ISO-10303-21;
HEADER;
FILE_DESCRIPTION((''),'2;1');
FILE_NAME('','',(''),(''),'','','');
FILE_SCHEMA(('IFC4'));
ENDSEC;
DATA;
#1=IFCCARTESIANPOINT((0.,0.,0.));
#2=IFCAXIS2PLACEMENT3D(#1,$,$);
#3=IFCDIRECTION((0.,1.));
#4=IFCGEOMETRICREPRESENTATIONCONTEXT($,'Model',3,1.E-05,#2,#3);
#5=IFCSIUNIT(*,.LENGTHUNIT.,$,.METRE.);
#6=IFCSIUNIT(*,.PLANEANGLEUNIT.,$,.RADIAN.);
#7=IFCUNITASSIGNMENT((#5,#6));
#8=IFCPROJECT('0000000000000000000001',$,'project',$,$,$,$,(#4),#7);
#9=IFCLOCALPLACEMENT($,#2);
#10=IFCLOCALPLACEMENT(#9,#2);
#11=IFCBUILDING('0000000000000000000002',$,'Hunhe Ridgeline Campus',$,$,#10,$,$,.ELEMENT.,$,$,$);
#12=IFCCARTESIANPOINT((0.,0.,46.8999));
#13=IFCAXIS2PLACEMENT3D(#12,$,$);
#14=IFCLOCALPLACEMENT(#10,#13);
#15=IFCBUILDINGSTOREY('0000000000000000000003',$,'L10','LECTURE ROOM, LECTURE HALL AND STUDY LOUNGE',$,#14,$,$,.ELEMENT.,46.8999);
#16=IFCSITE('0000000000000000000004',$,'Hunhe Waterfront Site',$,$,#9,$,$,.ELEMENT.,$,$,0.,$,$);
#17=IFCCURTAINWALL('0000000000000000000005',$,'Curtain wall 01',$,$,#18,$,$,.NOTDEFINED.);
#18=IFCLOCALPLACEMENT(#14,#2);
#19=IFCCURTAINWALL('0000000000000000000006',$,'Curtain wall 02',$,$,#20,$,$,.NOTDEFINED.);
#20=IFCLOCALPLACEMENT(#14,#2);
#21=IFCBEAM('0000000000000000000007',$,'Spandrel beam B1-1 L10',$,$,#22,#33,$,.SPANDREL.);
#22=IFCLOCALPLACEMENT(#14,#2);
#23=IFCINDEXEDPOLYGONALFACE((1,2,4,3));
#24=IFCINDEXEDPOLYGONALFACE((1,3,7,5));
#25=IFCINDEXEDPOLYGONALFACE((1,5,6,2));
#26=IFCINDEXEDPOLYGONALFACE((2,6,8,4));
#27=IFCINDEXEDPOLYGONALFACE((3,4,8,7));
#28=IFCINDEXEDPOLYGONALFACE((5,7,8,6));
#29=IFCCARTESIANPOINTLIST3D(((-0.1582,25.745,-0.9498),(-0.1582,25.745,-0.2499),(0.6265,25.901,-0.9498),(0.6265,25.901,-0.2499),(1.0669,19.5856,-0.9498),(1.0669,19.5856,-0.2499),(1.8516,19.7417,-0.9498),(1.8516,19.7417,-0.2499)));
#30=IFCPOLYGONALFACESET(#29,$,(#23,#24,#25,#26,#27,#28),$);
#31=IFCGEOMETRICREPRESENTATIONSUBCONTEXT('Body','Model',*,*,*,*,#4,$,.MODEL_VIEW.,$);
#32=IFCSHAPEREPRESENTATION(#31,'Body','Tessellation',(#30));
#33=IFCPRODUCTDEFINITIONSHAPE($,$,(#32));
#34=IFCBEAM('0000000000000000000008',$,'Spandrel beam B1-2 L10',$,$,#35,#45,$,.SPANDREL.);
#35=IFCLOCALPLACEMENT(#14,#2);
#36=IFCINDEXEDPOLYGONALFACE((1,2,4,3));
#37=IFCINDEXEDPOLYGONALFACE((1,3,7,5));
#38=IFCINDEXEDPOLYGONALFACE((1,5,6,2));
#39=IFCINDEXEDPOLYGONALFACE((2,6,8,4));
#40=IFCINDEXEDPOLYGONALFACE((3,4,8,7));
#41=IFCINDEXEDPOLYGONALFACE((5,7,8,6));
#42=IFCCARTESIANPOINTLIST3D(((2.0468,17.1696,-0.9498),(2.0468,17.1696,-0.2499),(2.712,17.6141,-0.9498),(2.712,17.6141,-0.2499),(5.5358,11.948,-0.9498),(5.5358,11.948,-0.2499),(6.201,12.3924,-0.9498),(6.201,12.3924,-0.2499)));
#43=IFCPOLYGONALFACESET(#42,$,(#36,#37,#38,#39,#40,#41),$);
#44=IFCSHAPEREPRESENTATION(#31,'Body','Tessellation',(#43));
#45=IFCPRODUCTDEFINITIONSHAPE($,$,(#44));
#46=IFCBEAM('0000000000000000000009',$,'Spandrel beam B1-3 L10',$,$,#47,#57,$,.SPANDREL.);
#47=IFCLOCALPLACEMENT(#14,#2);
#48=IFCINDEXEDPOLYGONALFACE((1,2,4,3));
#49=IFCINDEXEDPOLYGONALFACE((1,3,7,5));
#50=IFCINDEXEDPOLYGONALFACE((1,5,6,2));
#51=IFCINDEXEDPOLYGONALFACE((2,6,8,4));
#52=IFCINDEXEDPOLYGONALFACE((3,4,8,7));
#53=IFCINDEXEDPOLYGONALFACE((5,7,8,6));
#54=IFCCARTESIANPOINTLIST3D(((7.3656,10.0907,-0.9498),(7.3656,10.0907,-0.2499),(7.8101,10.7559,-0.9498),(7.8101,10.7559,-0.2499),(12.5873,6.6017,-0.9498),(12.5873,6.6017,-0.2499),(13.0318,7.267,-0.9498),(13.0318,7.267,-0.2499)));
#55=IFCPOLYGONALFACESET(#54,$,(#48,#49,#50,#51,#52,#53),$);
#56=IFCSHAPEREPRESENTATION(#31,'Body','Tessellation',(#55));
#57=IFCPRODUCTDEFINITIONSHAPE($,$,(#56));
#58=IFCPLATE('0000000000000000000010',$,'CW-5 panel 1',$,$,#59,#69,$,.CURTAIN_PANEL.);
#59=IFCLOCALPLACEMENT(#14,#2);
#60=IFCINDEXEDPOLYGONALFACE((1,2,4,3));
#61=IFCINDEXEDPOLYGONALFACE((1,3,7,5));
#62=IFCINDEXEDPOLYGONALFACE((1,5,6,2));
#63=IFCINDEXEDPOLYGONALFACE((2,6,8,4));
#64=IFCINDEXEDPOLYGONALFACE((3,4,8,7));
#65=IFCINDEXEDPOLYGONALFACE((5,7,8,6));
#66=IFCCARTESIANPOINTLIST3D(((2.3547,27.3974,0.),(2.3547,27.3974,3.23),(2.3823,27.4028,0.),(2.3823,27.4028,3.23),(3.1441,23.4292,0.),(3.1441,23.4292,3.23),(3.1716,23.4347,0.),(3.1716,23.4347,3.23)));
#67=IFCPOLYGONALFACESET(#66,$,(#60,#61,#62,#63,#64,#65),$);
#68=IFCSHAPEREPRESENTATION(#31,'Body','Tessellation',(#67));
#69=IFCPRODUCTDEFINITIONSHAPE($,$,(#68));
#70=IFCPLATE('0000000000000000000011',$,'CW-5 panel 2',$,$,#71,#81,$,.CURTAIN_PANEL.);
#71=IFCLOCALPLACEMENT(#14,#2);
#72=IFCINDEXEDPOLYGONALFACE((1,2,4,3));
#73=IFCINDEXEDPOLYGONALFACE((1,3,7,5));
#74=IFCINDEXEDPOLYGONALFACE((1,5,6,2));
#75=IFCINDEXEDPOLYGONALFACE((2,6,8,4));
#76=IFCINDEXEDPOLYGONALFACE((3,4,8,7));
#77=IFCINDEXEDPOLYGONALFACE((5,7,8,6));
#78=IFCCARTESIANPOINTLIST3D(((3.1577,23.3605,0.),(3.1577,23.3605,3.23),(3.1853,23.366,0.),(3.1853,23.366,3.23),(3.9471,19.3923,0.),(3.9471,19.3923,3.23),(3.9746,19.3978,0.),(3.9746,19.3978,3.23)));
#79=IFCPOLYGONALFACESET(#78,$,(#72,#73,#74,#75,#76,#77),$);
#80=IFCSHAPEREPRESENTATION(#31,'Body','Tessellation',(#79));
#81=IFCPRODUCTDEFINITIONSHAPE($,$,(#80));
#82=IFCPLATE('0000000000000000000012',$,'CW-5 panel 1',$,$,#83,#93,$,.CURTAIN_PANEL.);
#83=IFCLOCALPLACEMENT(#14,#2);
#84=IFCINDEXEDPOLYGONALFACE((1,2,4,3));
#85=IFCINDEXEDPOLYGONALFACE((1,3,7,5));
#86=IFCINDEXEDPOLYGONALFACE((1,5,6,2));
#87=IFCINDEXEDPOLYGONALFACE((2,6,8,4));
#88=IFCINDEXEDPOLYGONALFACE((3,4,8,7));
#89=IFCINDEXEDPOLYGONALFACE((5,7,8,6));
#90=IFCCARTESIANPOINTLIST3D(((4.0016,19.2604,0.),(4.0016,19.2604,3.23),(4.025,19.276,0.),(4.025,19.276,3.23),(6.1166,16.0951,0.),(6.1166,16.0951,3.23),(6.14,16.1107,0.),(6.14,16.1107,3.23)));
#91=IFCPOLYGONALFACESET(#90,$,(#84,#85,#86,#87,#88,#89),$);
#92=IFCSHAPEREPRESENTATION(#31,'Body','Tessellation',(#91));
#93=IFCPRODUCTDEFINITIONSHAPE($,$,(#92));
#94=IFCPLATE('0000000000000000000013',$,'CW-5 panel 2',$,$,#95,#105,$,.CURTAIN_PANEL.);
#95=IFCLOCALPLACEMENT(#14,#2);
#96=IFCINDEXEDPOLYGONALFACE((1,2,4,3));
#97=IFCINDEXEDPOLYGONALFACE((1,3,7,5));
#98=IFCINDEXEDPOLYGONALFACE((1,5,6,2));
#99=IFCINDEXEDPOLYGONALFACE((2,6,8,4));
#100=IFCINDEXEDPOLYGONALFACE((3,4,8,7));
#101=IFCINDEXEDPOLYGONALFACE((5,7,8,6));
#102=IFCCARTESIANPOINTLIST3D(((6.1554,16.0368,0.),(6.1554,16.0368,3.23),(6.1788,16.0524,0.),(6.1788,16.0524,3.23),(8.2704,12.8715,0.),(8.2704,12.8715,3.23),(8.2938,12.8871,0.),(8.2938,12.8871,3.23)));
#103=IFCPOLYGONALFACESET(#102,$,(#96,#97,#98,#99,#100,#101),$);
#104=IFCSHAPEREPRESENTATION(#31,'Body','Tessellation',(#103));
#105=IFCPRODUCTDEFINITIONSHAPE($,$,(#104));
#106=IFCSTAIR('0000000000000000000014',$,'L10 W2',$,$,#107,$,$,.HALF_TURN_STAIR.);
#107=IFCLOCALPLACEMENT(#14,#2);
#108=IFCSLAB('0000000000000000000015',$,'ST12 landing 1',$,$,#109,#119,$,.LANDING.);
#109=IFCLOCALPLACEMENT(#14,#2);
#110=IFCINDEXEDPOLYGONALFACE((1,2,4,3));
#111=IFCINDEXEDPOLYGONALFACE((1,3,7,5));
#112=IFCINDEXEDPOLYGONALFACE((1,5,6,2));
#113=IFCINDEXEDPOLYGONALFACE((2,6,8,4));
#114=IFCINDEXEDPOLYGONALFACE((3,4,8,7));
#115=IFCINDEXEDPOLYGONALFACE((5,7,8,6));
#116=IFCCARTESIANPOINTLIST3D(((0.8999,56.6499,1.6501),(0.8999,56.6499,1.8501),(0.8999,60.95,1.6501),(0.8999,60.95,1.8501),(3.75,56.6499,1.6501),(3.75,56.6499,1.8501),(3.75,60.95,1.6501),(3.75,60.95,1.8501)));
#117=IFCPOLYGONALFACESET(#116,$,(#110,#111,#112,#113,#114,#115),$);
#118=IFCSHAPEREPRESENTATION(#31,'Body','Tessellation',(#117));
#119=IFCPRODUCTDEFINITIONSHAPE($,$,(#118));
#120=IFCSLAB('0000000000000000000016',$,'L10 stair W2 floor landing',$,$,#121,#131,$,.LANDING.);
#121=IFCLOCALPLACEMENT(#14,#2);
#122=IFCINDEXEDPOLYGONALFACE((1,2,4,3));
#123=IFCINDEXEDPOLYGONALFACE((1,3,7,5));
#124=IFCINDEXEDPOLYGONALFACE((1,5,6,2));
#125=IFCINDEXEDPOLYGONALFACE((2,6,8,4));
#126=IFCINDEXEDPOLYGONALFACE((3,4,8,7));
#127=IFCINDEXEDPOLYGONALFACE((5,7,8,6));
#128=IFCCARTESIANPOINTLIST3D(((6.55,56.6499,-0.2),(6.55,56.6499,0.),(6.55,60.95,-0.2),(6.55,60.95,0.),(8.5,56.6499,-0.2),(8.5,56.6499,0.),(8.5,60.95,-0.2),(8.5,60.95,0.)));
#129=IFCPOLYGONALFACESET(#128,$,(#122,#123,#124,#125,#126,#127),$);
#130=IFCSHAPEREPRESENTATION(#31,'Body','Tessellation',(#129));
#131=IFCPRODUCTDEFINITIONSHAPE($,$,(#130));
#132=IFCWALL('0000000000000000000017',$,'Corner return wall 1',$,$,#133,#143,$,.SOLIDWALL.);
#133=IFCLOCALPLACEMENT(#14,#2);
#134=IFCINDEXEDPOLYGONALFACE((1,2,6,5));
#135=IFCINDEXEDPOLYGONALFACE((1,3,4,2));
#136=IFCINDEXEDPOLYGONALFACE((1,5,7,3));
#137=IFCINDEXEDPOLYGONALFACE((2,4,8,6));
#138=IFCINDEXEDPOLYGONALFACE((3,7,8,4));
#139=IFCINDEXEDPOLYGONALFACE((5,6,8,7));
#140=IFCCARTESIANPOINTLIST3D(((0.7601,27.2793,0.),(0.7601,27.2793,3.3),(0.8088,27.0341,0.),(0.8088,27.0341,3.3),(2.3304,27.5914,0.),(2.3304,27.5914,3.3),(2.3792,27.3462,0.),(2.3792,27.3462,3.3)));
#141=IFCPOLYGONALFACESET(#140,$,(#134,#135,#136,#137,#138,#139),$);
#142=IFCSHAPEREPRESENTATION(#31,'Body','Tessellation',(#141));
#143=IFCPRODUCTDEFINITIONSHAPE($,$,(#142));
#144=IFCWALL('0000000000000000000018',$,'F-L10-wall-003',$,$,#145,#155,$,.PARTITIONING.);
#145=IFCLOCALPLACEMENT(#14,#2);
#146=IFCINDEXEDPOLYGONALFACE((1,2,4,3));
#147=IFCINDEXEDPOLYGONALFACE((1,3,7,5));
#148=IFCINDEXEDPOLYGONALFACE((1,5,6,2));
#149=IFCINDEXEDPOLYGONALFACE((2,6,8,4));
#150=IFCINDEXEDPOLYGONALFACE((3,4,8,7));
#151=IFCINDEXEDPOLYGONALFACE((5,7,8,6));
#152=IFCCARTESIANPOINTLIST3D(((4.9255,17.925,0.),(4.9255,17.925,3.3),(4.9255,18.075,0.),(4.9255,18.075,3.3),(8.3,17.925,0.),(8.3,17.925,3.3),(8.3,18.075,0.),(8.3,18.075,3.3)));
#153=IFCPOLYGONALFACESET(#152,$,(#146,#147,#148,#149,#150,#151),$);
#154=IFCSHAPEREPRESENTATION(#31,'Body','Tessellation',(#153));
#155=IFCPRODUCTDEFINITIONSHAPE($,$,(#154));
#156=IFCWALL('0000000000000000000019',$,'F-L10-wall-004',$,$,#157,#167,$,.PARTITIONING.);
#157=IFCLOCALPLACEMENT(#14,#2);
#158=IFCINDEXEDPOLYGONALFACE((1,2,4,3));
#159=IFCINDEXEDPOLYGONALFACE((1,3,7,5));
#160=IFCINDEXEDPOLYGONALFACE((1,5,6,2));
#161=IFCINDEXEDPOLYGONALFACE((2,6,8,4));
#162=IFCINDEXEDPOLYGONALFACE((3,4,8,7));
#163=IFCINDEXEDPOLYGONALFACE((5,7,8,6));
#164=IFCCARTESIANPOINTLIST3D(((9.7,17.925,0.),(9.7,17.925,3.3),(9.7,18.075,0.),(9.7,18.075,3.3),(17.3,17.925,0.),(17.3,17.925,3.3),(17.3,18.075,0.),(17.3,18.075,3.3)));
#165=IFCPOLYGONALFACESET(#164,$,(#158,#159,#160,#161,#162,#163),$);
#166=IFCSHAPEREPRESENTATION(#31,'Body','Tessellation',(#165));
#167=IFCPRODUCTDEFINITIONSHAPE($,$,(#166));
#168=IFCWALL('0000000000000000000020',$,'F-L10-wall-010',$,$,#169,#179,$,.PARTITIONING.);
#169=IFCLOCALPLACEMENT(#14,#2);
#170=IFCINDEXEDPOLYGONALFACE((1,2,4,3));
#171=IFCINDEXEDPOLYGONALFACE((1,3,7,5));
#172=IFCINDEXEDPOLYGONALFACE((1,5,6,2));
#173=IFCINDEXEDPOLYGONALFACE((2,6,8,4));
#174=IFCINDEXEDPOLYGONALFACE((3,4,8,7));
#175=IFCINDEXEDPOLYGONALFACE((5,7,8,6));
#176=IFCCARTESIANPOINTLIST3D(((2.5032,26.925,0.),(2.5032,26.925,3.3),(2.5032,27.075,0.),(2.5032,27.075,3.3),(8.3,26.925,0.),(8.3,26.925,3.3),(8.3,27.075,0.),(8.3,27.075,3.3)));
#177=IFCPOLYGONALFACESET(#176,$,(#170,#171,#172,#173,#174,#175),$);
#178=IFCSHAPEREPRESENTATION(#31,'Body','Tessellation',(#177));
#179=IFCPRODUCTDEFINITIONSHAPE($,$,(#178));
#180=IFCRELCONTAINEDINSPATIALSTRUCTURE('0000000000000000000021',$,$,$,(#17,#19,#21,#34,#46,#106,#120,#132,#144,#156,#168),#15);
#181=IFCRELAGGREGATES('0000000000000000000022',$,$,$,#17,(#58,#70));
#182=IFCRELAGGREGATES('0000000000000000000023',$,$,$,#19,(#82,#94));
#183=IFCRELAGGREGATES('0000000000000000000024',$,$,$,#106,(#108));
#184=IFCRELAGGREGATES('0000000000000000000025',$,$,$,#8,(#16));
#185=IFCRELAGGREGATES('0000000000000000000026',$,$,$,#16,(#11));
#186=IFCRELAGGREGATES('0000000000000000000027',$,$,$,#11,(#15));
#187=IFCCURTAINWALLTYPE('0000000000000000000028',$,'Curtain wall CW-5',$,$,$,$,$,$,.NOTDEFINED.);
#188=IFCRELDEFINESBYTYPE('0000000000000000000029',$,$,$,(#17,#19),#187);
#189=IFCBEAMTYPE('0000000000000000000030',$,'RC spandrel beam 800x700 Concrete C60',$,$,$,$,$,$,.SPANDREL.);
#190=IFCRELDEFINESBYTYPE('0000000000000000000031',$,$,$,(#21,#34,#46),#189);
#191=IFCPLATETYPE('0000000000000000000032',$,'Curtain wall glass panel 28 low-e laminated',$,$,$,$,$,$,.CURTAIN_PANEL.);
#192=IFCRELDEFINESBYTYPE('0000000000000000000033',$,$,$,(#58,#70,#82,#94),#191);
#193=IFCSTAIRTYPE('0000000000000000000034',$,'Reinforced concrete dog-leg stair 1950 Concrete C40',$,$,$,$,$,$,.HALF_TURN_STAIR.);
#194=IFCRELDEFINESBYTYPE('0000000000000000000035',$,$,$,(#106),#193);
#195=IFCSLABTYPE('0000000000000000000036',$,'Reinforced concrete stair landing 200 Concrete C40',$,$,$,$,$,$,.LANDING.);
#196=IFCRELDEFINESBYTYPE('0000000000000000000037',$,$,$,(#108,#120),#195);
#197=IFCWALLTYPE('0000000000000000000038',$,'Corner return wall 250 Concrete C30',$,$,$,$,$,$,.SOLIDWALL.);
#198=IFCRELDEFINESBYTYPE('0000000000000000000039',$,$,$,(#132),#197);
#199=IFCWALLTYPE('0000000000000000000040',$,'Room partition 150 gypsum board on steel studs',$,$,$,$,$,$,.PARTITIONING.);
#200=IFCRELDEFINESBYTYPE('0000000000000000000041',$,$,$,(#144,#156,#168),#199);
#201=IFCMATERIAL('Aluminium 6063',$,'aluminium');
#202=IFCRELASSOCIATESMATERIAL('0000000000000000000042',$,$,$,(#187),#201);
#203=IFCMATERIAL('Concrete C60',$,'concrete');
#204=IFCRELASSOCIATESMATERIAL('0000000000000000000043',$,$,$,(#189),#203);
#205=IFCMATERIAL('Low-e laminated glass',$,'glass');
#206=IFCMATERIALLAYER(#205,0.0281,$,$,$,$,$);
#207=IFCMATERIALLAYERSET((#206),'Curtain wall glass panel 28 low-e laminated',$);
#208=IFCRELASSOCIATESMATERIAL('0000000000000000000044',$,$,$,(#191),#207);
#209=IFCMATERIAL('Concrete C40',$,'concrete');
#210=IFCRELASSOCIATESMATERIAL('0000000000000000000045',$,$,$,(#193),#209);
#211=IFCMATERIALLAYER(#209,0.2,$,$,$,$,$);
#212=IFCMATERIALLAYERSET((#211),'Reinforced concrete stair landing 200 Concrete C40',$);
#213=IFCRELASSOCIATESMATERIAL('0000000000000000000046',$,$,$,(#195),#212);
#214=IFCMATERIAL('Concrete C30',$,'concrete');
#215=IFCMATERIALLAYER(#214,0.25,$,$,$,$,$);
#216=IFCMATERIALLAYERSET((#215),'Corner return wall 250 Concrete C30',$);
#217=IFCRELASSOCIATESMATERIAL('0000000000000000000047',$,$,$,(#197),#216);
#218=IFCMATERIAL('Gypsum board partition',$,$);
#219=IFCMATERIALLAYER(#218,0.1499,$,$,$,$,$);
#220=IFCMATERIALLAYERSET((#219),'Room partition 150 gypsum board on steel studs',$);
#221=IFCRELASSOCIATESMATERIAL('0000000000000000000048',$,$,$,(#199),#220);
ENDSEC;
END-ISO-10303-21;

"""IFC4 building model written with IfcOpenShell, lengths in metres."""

from ifc_helpers import new_model, si_unit, direction, frame, frame_2d, origin, origin_2d, place, context, subcontext, project, spatial, polyline, rectangle, outline, extrude, material, layer, layer_set, material_profile, profile_set, type_object, element, aggregate, save


model = new_model("IFC4")

# Units and contexts
model_context = context("Model", 3, precision=1e-05, world=origin(), true_north=direction((0.0, 1.0)))
body_context = subcontext(model_context, "Body", "Model", "MODEL_VIEW")
ifc_project = project(units=[si_unit("LENGTHUNIT", "METRE"), si_unit("PLANEANGLEUNIT", "RADIAN")], contexts=[model_context])

# Site, building, storey
site_placement = place(None, origin())
site = spatial("IfcSite", under=ifc_project, at=site_placement, Name="Hunhe Waterfront Site", CompositionType="ELEMENT", RefElevation=0.0)
building_placement = place(site_placement, origin())
building = spatial("IfcBuilding", under=site, at=building_placement, Name="Hunhe Ridgeline Campus", CompositionType="ELEMENT")
storey_placement = place(building_placement, frame((0.0, 0.0, 46.8999)))
storey = spatial("IfcBuildingStorey", under=building, at=storey_placement, Name="L10", Description="LECTURE ROOM, LECTURE HALL AND STUDY LOUNGE", CompositionType="ELEMENT", Elevation=46.8999)

# Curtain walls
ifc_material_1 = material(Name="Aluminium 6063", Category="aluminium")
curtain_wall_type = type_object("IfcCurtainWallType", Name="Curtain wall CW-5", PredefinedType="NOTDEFINED", material=ifc_material_1)
curtain_wall_1_placement = place(storey_placement, origin())
curtain_wall_1 = element("IfcCurtainWall", 1, at=curtain_wall_1_placement, inside=storey, type_object=curtain_wall_type, Name="Curtain wall 01", PredefinedType="NOTDEFINED")
curtain_wall_2_placement = place(storey_placement, origin())
curtain_wall_2 = element("IfcCurtainWall", 2, at=curtain_wall_2_placement, inside=storey, type_object=curtain_wall_type, Name="Curtain wall 02", PredefinedType="NOTDEFINED")

# Beams
ifc_material_2 = material(Name="Concrete C60", Category="concrete")
ifc_material_profile_1 = material_profile(ifc_material_2, rectangle(XDim=0.8, YDim=0.7, at=origin_2d()))
ifc_profile_set_1 = profile_set([ifc_material_profile_1], Name="Concrete C60")
beam_type = type_object("IfcBeamType", Name="RC spandrel beam 800x700 Concrete C60", PredefinedType="SPANDREL", material=ifc_profile_set_1)
for number, where, z_axis, x_axis, name in (
    (3, (0.2341, 25.823, -0.5999), (0.195077, -0.980788, 0.0), (0.980788, 0.195077, 0.0), "Spandrel beam B1-1 L10"),
    (4, (2.3794, 17.3918, -0.5999), (0.55557, -0.83147, 0.0), (0.83147, 0.55557, 0.0), "Spandrel beam B1-2 L10"),
    (5, (7.5879, 10.4233, -0.5999), (0.83147, -0.55557, 0.0), (0.55557, 0.83147, 0.0), "Spandrel beam B1-3 L10"),
):
    element("IfcBeam", number, at=place(storey_placement, frame(where, z_axis=z_axis, x_axis=x_axis)), inside=storey, type_object=beam_type, Name=name, PredefinedType="SPANDREL", context=body_context, shape_type="SweptSolid", body=[
        extrude(rectangle(XDim=0.8, YDim=0.7, at=origin_2d()), origin(), (0.0, 0.0, 1.0), 6.28),
    ])

# Plates
ifc_material_3 = material(Name="Low-e laminated glass", Category="glass")
ifc_layer_1 = layer(ifc_material_3, 0.0281)
ifc_layer_set_1 = layer_set([ifc_layer_1], Name="Curtain wall glass panel 28 low-e laminated")
plate_type = type_object("IfcPlateType", Name="Curtain wall glass panel 28 low-e laminated", PredefinedType="CURTAIN_PANEL", material=ifc_layer_set_1)
plate_1_placement = place(storey_placement, frame((2.7632, 25.416, 0.0), z_axis=(0.0, 0.0, 1.0), x_axis=(0.195095, -0.980784, 0.0)))
plate_1 = element("IfcPlate", 6, at=plate_1_placement, type_object=plate_type, Name="CW-5 panel 1", PredefinedType="CURTAIN_PANEL", context=body_context, shape_type="SweptSolid", body=[
    extrude(rectangle(XDim=4.0459, YDim=0.0281, at=origin_2d()), origin(), (0.0, 0.0, 1.0), 3.23),
])
plate_2_placement = place(storey_placement, frame((3.5662, 21.3792, 0.0), z_axis=(0.0, 0.0, 1.0), x_axis=(0.195095, -0.980784, 0.0)))
plate_2 = element("IfcPlate", 7, at=plate_2_placement, type_object=plate_type, Name="CW-5 panel 2", PredefinedType="CURTAIN_PANEL", context=body_context, shape_type="SweptSolid", body=[
    extrude(rectangle(XDim=4.0459, YDim=0.0281, at=origin_2d()), origin(), (0.0, 0.0, 1.0), 3.23),
])
aggregate(curtain_wall_1, [plate_1, plate_2])
plate_3_placement = place(storey_placement, frame((5.0708, 17.6855, 0.0), z_axis=(0.0, 0.0, 1.0), x_axis=(0.55557, -0.83147, 0.0)))
plate_3 = element("IfcPlate", 8, at=plate_3_placement, type_object=plate_type, Name="CW-5 panel 1", PredefinedType="CURTAIN_PANEL", context=body_context, shape_type="SweptSolid", body=[
    extrude(rectangle(XDim=3.8069, YDim=0.0281, at=origin_2d()), origin(), (0.0, 0.0, 1.0), 3.23),
])
plate_4_placement = place(storey_placement, frame((7.2246, 14.4619, 0.0), z_axis=(0.0, 0.0, 1.0), x_axis=(0.55557, -0.83147, 0.0)))
plate_4 = element("IfcPlate", 9, at=plate_4_placement, type_object=plate_type, Name="CW-5 panel 2", PredefinedType="CURTAIN_PANEL", context=body_context, shape_type="SweptSolid", body=[
    extrude(rectangle(XDim=3.8069, YDim=0.0281, at=origin_2d()), origin(), (0.0, 0.0, 1.0), 3.23),
])
aggregate(curtain_wall_2, [plate_3, plate_4])

# Stair, slab
ifc_material_4 = material(Name="Concrete C40", Category="concrete")
stair_type = type_object("IfcStairType", Name="Reinforced concrete dog-leg stair 1950 Concrete C40", PredefinedType="HALF_TURN_STAIR", material=ifc_material_4)
stair_placement = place(storey_placement, origin())
stair = element("IfcStair", 10, at=stair_placement, inside=storey, type_object=stair_type, Name="L10 W2", PredefinedType="HALF_TURN_STAIR")
ifc_layer_2 = layer(ifc_material_4, 0.2)
ifc_layer_set_2 = layer_set([ifc_layer_2], Name="Reinforced concrete stair landing 200 Concrete C40")
slab_type = type_object("IfcSlabType", Name="Reinforced concrete stair landing 200 Concrete C40", PredefinedType="LANDING", material=ifc_layer_set_2)
slab_1_placement = place(storey_placement, frame((0.0, 0.0, 1.6501)))
slab_1 = element("IfcSlab", 11, at=slab_1_placement, type_object=slab_type, Name="ST12 landing 1", PredefinedType="LANDING", context=body_context, shape_type="SweptSolid", body=[
    extrude(outline(polyline([(3.75, 60.95), (0.8999, 60.95), (0.8999, 56.6499), (3.75, 56.6499), (3.75, 60.95)])), origin(), (0.0, 0.0, 1.0), 0.2),
])
aggregate(stair, [slab_1])

# Slab
slab_2_placement = place(storey_placement, frame((0.0, 0.0, -0.2)))
element("IfcSlab", 12, at=slab_2_placement, inside=storey, type_object=slab_type, Name="L10 stair W2 floor landing", PredefinedType="LANDING", context=body_context, shape_type="SweptSolid", body=[
    extrude(outline(polyline([(8.5, 60.95), (6.55, 60.95), (6.55, 56.6499), (8.5, 56.6499), (8.5, 60.95)])), origin(), (0.0, 0.0, 1.0), 0.2),
])

# Walls
ifc_material_5 = material(Name="Concrete C30", Category="concrete")
ifc_layer_3 = layer(ifc_material_5, 0.25)
ifc_layer_set_3 = layer_set([ifc_layer_3], Name="Corner return wall 250 Concrete C30")
wall_type_1 = type_object("IfcWallType", Name="Corner return wall 250 Concrete C30", PredefinedType="SOLIDWALL", material=ifc_layer_set_3)
wall_1_placement = place(storey_placement, frame((0.7844, 27.1567, 0.0), z_axis=(0.0, 0.0, 1.0), x_axis=(0.980826, 0.194884, 0.0)))
element("IfcWall", 13, at=wall_1_placement, inside=storey, type_object=wall_type_1, Name="Corner return wall 1", PredefinedType="SOLIDWALL", context=body_context, shape_type="SweptSolid", body=[
    extrude(rectangle(XDim=1.6011, YDim=0.25, at=frame_2d((0.8005, 0.0))), origin(), (0.0, 0.0, 1.0), 3.3),
])
ifc_material_6 = material(Name="Gypsum board partition")
ifc_layer_4 = layer(ifc_material_6, 0.1499)
ifc_layer_set_4 = layer_set([ifc_layer_4], Name="Room partition 150 gypsum board on steel studs")
wall_type_2 = type_object("IfcWallType", Name="Room partition 150 gypsum board on steel studs", PredefinedType="PARTITIONING", material=ifc_layer_set_4)
wall_2_placement = place(storey_placement, frame((4.9255, 18.0, 0.0), z_axis=(0.0, 0.0, 1.0), x_axis=(1.0, 0.0, 0.0)))
element("IfcWall", 14, at=wall_2_placement, inside=storey, type_object=wall_type_2, Name="F-L10-wall-003", PredefinedType="PARTITIONING", context=body_context, shape_type="SweptSolid", body=[
    extrude(rectangle(XDim=3.3745, YDim=0.1499, at=frame_2d((1.6873, 0.0))), origin(), (0.0, 0.0, 1.0), 3.3),
])
wall_3_placement = place(storey_placement, frame((9.7, 18.0, 0.0), z_axis=(0.0, 0.0, 1.0), x_axis=(1.0, 0.0, 0.0)))
element("IfcWall", 15, at=wall_3_placement, inside=storey, type_object=wall_type_2, Name="F-L10-wall-004", PredefinedType="PARTITIONING", context=body_context, shape_type="SweptSolid", body=[
    extrude(rectangle(XDim=7.6001, YDim=0.1499, at=frame_2d((3.8, 0.0))), origin(), (0.0, 0.0, 1.0), 3.3),
])
wall_4_placement = place(storey_placement, frame((2.5032, 27.0, 0.0), z_axis=(0.0, 0.0, 1.0), x_axis=(1.0, 0.0, 0.0)))
element("IfcWall", 16, at=wall_4_placement, inside=storey, type_object=wall_type_2, Name="F-L10-wall-010", PredefinedType="PARTITIONING", context=body_context, shape_type="SweptSolid", body=[
    extrude(rectangle(XDim=5.7969, YDim=0.1499, at=frame_2d((2.8984, 0.0))), origin(), (0.0, 0.0, 1.0), 3.3),
])

save(model, "model.ifc")
